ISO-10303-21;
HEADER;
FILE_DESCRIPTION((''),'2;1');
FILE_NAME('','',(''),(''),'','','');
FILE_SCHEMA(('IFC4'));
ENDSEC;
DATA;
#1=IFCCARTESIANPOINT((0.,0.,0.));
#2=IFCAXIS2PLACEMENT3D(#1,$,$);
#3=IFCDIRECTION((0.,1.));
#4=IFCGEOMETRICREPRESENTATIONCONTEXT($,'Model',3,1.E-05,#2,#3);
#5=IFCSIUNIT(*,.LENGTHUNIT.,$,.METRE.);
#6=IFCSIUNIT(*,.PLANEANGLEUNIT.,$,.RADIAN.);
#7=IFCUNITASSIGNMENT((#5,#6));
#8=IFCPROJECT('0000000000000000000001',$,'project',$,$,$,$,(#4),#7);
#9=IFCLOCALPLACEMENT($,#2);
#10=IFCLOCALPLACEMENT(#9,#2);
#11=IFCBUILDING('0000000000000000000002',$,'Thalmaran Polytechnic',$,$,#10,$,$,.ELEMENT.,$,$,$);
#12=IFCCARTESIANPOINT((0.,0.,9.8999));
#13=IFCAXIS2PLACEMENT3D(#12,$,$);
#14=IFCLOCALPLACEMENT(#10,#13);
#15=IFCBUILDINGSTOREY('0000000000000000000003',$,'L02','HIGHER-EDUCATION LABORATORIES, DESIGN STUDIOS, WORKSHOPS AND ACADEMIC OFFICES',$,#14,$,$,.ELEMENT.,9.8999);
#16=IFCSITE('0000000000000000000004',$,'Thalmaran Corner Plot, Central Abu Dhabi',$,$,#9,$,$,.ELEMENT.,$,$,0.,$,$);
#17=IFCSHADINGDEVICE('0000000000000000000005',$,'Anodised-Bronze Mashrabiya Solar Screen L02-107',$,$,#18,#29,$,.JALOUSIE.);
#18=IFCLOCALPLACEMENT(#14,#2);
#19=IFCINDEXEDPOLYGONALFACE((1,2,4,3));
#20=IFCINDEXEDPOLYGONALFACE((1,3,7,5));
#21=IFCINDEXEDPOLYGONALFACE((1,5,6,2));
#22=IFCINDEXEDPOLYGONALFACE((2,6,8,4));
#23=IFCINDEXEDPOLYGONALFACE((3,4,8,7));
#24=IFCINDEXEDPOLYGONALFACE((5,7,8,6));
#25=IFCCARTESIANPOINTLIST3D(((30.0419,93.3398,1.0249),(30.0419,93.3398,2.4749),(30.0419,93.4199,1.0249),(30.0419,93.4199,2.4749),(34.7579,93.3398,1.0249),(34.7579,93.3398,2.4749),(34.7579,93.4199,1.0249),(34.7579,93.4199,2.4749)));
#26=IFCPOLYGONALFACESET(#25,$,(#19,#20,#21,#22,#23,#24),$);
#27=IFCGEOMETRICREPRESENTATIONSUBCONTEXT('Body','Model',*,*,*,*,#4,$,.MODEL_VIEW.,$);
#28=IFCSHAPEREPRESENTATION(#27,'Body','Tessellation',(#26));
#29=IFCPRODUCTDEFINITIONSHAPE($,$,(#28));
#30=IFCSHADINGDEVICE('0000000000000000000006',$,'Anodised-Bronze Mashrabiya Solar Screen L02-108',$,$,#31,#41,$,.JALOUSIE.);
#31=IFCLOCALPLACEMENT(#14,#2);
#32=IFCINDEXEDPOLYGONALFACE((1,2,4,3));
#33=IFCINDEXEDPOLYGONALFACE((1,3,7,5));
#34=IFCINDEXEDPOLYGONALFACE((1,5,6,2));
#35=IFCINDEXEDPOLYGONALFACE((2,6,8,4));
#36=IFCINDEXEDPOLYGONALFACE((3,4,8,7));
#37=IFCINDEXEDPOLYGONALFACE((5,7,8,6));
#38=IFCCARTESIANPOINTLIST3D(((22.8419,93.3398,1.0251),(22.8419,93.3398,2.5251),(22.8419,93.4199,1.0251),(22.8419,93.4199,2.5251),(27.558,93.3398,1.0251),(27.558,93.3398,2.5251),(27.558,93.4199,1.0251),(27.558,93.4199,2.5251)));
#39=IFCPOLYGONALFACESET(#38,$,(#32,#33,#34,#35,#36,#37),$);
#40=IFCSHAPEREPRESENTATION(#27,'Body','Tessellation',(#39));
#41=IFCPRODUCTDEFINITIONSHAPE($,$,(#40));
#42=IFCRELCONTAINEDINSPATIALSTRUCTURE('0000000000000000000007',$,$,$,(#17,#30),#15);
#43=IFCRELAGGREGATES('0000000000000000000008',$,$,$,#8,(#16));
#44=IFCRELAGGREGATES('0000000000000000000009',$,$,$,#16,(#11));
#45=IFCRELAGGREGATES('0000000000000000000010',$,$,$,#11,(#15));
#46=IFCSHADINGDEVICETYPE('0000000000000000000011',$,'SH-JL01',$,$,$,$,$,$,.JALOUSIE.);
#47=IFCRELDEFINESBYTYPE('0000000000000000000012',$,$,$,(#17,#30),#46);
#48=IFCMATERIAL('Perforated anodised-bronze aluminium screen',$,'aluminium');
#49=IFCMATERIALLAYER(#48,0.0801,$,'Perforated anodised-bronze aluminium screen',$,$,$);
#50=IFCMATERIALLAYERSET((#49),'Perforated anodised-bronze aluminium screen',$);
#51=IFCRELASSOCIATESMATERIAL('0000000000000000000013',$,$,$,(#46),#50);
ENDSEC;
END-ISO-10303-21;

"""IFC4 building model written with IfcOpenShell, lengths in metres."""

from ifc_helpers import new_model, si_unit, direction, frame, origin, origin_2d, place, context, subcontext, project, spatial, rectangle, extrude, material, layer, layer_set, type_object, element, save


model = new_model("IFC4")

# Units and contexts
model_context = context("Model", 3, precision=1e-05, world=origin(), true_north=direction((0.0, 1.0)))
body_context = subcontext(model_context, "Body", "Model", "MODEL_VIEW")
ifc_project = project(units=[si_unit("LENGTHUNIT", "METRE"), si_unit("PLANEANGLEUNIT", "RADIAN")], contexts=[model_context])

# Site, building, storey
site_placement = place(None, origin())
site = spatial("IfcSite", under=ifc_project, at=site_placement, Name="Thalmaran Corner Plot, Central Abu Dhabi", CompositionType="ELEMENT", RefElevation=0.0)
building_placement = place(site_placement, origin())
building = spatial("IfcBuilding", under=site, at=building_placement, Name="Thalmaran Polytechnic", CompositionType="ELEMENT")
storey_placement = place(building_placement, frame((0.0, 0.0, 9.8999)))
storey = spatial("IfcBuildingStorey", under=building, at=storey_placement, Name="L02", Description="HIGHER-EDUCATION LABORATORIES, DESIGN STUDIOS, WORKSHOPS AND ACADEMIC OFFICES", CompositionType="ELEMENT", Elevation=9.8999)

# Shading devices
ifc_material_1 = material(Name="Perforated anodised-bronze aluminium screen", Category="aluminium")
ifc_layer_1 = layer(ifc_material_1, 0.0801, Name="Perforated anodised-bronze aluminium screen")
ifc_layer_set_1 = layer_set([ifc_layer_1], Name="Perforated anodised-bronze aluminium screen")
shading_device_type = type_object("IfcShadingDeviceType", Name="SH-JL01", PredefinedType="JALOUSIE", material=ifc_layer_set_1)
shading_device_1_placement = place(storey_placement, frame((32.3999, 93.3799, 1.0249), z_axis=(0.0, 0.0, 1.0), x_axis=(-1.0, 0.0, 0.0)))
element("IfcShadingDevice", 1, at=shading_device_1_placement, inside=storey, type_object=shading_device_type, Name="Anodised-Bronze Mashrabiya Solar Screen L02-107", PredefinedType="JALOUSIE", context=body_context, shape_type="SweptSolid", body=[
    extrude(rectangle(XDim=4.7161, YDim=0.0801, at=origin_2d()), origin(), (0.0, 0.0, 1.0), 1.45),
])
shading_device_2_placement = place(storey_placement, frame((25.2, 93.3799, 1.0251), z_axis=(0.0, 0.0, 1.0), x_axis=(-1.0, 0.0, 0.0)))
element("IfcShadingDevice", 2, at=shading_device_2_placement, inside=storey, type_object=shading_device_type, Name="Anodised-Bronze Mashrabiya Solar Screen L02-108", PredefinedType="JALOUSIE", context=body_context, shape_type="SweptSolid", body=[
    extrude(rectangle(XDim=4.7161, YDim=0.0801, at=origin_2d()), origin(), (0.0, 0.0, 1.0), 1.5),
])

save(model, "model.ifc")
